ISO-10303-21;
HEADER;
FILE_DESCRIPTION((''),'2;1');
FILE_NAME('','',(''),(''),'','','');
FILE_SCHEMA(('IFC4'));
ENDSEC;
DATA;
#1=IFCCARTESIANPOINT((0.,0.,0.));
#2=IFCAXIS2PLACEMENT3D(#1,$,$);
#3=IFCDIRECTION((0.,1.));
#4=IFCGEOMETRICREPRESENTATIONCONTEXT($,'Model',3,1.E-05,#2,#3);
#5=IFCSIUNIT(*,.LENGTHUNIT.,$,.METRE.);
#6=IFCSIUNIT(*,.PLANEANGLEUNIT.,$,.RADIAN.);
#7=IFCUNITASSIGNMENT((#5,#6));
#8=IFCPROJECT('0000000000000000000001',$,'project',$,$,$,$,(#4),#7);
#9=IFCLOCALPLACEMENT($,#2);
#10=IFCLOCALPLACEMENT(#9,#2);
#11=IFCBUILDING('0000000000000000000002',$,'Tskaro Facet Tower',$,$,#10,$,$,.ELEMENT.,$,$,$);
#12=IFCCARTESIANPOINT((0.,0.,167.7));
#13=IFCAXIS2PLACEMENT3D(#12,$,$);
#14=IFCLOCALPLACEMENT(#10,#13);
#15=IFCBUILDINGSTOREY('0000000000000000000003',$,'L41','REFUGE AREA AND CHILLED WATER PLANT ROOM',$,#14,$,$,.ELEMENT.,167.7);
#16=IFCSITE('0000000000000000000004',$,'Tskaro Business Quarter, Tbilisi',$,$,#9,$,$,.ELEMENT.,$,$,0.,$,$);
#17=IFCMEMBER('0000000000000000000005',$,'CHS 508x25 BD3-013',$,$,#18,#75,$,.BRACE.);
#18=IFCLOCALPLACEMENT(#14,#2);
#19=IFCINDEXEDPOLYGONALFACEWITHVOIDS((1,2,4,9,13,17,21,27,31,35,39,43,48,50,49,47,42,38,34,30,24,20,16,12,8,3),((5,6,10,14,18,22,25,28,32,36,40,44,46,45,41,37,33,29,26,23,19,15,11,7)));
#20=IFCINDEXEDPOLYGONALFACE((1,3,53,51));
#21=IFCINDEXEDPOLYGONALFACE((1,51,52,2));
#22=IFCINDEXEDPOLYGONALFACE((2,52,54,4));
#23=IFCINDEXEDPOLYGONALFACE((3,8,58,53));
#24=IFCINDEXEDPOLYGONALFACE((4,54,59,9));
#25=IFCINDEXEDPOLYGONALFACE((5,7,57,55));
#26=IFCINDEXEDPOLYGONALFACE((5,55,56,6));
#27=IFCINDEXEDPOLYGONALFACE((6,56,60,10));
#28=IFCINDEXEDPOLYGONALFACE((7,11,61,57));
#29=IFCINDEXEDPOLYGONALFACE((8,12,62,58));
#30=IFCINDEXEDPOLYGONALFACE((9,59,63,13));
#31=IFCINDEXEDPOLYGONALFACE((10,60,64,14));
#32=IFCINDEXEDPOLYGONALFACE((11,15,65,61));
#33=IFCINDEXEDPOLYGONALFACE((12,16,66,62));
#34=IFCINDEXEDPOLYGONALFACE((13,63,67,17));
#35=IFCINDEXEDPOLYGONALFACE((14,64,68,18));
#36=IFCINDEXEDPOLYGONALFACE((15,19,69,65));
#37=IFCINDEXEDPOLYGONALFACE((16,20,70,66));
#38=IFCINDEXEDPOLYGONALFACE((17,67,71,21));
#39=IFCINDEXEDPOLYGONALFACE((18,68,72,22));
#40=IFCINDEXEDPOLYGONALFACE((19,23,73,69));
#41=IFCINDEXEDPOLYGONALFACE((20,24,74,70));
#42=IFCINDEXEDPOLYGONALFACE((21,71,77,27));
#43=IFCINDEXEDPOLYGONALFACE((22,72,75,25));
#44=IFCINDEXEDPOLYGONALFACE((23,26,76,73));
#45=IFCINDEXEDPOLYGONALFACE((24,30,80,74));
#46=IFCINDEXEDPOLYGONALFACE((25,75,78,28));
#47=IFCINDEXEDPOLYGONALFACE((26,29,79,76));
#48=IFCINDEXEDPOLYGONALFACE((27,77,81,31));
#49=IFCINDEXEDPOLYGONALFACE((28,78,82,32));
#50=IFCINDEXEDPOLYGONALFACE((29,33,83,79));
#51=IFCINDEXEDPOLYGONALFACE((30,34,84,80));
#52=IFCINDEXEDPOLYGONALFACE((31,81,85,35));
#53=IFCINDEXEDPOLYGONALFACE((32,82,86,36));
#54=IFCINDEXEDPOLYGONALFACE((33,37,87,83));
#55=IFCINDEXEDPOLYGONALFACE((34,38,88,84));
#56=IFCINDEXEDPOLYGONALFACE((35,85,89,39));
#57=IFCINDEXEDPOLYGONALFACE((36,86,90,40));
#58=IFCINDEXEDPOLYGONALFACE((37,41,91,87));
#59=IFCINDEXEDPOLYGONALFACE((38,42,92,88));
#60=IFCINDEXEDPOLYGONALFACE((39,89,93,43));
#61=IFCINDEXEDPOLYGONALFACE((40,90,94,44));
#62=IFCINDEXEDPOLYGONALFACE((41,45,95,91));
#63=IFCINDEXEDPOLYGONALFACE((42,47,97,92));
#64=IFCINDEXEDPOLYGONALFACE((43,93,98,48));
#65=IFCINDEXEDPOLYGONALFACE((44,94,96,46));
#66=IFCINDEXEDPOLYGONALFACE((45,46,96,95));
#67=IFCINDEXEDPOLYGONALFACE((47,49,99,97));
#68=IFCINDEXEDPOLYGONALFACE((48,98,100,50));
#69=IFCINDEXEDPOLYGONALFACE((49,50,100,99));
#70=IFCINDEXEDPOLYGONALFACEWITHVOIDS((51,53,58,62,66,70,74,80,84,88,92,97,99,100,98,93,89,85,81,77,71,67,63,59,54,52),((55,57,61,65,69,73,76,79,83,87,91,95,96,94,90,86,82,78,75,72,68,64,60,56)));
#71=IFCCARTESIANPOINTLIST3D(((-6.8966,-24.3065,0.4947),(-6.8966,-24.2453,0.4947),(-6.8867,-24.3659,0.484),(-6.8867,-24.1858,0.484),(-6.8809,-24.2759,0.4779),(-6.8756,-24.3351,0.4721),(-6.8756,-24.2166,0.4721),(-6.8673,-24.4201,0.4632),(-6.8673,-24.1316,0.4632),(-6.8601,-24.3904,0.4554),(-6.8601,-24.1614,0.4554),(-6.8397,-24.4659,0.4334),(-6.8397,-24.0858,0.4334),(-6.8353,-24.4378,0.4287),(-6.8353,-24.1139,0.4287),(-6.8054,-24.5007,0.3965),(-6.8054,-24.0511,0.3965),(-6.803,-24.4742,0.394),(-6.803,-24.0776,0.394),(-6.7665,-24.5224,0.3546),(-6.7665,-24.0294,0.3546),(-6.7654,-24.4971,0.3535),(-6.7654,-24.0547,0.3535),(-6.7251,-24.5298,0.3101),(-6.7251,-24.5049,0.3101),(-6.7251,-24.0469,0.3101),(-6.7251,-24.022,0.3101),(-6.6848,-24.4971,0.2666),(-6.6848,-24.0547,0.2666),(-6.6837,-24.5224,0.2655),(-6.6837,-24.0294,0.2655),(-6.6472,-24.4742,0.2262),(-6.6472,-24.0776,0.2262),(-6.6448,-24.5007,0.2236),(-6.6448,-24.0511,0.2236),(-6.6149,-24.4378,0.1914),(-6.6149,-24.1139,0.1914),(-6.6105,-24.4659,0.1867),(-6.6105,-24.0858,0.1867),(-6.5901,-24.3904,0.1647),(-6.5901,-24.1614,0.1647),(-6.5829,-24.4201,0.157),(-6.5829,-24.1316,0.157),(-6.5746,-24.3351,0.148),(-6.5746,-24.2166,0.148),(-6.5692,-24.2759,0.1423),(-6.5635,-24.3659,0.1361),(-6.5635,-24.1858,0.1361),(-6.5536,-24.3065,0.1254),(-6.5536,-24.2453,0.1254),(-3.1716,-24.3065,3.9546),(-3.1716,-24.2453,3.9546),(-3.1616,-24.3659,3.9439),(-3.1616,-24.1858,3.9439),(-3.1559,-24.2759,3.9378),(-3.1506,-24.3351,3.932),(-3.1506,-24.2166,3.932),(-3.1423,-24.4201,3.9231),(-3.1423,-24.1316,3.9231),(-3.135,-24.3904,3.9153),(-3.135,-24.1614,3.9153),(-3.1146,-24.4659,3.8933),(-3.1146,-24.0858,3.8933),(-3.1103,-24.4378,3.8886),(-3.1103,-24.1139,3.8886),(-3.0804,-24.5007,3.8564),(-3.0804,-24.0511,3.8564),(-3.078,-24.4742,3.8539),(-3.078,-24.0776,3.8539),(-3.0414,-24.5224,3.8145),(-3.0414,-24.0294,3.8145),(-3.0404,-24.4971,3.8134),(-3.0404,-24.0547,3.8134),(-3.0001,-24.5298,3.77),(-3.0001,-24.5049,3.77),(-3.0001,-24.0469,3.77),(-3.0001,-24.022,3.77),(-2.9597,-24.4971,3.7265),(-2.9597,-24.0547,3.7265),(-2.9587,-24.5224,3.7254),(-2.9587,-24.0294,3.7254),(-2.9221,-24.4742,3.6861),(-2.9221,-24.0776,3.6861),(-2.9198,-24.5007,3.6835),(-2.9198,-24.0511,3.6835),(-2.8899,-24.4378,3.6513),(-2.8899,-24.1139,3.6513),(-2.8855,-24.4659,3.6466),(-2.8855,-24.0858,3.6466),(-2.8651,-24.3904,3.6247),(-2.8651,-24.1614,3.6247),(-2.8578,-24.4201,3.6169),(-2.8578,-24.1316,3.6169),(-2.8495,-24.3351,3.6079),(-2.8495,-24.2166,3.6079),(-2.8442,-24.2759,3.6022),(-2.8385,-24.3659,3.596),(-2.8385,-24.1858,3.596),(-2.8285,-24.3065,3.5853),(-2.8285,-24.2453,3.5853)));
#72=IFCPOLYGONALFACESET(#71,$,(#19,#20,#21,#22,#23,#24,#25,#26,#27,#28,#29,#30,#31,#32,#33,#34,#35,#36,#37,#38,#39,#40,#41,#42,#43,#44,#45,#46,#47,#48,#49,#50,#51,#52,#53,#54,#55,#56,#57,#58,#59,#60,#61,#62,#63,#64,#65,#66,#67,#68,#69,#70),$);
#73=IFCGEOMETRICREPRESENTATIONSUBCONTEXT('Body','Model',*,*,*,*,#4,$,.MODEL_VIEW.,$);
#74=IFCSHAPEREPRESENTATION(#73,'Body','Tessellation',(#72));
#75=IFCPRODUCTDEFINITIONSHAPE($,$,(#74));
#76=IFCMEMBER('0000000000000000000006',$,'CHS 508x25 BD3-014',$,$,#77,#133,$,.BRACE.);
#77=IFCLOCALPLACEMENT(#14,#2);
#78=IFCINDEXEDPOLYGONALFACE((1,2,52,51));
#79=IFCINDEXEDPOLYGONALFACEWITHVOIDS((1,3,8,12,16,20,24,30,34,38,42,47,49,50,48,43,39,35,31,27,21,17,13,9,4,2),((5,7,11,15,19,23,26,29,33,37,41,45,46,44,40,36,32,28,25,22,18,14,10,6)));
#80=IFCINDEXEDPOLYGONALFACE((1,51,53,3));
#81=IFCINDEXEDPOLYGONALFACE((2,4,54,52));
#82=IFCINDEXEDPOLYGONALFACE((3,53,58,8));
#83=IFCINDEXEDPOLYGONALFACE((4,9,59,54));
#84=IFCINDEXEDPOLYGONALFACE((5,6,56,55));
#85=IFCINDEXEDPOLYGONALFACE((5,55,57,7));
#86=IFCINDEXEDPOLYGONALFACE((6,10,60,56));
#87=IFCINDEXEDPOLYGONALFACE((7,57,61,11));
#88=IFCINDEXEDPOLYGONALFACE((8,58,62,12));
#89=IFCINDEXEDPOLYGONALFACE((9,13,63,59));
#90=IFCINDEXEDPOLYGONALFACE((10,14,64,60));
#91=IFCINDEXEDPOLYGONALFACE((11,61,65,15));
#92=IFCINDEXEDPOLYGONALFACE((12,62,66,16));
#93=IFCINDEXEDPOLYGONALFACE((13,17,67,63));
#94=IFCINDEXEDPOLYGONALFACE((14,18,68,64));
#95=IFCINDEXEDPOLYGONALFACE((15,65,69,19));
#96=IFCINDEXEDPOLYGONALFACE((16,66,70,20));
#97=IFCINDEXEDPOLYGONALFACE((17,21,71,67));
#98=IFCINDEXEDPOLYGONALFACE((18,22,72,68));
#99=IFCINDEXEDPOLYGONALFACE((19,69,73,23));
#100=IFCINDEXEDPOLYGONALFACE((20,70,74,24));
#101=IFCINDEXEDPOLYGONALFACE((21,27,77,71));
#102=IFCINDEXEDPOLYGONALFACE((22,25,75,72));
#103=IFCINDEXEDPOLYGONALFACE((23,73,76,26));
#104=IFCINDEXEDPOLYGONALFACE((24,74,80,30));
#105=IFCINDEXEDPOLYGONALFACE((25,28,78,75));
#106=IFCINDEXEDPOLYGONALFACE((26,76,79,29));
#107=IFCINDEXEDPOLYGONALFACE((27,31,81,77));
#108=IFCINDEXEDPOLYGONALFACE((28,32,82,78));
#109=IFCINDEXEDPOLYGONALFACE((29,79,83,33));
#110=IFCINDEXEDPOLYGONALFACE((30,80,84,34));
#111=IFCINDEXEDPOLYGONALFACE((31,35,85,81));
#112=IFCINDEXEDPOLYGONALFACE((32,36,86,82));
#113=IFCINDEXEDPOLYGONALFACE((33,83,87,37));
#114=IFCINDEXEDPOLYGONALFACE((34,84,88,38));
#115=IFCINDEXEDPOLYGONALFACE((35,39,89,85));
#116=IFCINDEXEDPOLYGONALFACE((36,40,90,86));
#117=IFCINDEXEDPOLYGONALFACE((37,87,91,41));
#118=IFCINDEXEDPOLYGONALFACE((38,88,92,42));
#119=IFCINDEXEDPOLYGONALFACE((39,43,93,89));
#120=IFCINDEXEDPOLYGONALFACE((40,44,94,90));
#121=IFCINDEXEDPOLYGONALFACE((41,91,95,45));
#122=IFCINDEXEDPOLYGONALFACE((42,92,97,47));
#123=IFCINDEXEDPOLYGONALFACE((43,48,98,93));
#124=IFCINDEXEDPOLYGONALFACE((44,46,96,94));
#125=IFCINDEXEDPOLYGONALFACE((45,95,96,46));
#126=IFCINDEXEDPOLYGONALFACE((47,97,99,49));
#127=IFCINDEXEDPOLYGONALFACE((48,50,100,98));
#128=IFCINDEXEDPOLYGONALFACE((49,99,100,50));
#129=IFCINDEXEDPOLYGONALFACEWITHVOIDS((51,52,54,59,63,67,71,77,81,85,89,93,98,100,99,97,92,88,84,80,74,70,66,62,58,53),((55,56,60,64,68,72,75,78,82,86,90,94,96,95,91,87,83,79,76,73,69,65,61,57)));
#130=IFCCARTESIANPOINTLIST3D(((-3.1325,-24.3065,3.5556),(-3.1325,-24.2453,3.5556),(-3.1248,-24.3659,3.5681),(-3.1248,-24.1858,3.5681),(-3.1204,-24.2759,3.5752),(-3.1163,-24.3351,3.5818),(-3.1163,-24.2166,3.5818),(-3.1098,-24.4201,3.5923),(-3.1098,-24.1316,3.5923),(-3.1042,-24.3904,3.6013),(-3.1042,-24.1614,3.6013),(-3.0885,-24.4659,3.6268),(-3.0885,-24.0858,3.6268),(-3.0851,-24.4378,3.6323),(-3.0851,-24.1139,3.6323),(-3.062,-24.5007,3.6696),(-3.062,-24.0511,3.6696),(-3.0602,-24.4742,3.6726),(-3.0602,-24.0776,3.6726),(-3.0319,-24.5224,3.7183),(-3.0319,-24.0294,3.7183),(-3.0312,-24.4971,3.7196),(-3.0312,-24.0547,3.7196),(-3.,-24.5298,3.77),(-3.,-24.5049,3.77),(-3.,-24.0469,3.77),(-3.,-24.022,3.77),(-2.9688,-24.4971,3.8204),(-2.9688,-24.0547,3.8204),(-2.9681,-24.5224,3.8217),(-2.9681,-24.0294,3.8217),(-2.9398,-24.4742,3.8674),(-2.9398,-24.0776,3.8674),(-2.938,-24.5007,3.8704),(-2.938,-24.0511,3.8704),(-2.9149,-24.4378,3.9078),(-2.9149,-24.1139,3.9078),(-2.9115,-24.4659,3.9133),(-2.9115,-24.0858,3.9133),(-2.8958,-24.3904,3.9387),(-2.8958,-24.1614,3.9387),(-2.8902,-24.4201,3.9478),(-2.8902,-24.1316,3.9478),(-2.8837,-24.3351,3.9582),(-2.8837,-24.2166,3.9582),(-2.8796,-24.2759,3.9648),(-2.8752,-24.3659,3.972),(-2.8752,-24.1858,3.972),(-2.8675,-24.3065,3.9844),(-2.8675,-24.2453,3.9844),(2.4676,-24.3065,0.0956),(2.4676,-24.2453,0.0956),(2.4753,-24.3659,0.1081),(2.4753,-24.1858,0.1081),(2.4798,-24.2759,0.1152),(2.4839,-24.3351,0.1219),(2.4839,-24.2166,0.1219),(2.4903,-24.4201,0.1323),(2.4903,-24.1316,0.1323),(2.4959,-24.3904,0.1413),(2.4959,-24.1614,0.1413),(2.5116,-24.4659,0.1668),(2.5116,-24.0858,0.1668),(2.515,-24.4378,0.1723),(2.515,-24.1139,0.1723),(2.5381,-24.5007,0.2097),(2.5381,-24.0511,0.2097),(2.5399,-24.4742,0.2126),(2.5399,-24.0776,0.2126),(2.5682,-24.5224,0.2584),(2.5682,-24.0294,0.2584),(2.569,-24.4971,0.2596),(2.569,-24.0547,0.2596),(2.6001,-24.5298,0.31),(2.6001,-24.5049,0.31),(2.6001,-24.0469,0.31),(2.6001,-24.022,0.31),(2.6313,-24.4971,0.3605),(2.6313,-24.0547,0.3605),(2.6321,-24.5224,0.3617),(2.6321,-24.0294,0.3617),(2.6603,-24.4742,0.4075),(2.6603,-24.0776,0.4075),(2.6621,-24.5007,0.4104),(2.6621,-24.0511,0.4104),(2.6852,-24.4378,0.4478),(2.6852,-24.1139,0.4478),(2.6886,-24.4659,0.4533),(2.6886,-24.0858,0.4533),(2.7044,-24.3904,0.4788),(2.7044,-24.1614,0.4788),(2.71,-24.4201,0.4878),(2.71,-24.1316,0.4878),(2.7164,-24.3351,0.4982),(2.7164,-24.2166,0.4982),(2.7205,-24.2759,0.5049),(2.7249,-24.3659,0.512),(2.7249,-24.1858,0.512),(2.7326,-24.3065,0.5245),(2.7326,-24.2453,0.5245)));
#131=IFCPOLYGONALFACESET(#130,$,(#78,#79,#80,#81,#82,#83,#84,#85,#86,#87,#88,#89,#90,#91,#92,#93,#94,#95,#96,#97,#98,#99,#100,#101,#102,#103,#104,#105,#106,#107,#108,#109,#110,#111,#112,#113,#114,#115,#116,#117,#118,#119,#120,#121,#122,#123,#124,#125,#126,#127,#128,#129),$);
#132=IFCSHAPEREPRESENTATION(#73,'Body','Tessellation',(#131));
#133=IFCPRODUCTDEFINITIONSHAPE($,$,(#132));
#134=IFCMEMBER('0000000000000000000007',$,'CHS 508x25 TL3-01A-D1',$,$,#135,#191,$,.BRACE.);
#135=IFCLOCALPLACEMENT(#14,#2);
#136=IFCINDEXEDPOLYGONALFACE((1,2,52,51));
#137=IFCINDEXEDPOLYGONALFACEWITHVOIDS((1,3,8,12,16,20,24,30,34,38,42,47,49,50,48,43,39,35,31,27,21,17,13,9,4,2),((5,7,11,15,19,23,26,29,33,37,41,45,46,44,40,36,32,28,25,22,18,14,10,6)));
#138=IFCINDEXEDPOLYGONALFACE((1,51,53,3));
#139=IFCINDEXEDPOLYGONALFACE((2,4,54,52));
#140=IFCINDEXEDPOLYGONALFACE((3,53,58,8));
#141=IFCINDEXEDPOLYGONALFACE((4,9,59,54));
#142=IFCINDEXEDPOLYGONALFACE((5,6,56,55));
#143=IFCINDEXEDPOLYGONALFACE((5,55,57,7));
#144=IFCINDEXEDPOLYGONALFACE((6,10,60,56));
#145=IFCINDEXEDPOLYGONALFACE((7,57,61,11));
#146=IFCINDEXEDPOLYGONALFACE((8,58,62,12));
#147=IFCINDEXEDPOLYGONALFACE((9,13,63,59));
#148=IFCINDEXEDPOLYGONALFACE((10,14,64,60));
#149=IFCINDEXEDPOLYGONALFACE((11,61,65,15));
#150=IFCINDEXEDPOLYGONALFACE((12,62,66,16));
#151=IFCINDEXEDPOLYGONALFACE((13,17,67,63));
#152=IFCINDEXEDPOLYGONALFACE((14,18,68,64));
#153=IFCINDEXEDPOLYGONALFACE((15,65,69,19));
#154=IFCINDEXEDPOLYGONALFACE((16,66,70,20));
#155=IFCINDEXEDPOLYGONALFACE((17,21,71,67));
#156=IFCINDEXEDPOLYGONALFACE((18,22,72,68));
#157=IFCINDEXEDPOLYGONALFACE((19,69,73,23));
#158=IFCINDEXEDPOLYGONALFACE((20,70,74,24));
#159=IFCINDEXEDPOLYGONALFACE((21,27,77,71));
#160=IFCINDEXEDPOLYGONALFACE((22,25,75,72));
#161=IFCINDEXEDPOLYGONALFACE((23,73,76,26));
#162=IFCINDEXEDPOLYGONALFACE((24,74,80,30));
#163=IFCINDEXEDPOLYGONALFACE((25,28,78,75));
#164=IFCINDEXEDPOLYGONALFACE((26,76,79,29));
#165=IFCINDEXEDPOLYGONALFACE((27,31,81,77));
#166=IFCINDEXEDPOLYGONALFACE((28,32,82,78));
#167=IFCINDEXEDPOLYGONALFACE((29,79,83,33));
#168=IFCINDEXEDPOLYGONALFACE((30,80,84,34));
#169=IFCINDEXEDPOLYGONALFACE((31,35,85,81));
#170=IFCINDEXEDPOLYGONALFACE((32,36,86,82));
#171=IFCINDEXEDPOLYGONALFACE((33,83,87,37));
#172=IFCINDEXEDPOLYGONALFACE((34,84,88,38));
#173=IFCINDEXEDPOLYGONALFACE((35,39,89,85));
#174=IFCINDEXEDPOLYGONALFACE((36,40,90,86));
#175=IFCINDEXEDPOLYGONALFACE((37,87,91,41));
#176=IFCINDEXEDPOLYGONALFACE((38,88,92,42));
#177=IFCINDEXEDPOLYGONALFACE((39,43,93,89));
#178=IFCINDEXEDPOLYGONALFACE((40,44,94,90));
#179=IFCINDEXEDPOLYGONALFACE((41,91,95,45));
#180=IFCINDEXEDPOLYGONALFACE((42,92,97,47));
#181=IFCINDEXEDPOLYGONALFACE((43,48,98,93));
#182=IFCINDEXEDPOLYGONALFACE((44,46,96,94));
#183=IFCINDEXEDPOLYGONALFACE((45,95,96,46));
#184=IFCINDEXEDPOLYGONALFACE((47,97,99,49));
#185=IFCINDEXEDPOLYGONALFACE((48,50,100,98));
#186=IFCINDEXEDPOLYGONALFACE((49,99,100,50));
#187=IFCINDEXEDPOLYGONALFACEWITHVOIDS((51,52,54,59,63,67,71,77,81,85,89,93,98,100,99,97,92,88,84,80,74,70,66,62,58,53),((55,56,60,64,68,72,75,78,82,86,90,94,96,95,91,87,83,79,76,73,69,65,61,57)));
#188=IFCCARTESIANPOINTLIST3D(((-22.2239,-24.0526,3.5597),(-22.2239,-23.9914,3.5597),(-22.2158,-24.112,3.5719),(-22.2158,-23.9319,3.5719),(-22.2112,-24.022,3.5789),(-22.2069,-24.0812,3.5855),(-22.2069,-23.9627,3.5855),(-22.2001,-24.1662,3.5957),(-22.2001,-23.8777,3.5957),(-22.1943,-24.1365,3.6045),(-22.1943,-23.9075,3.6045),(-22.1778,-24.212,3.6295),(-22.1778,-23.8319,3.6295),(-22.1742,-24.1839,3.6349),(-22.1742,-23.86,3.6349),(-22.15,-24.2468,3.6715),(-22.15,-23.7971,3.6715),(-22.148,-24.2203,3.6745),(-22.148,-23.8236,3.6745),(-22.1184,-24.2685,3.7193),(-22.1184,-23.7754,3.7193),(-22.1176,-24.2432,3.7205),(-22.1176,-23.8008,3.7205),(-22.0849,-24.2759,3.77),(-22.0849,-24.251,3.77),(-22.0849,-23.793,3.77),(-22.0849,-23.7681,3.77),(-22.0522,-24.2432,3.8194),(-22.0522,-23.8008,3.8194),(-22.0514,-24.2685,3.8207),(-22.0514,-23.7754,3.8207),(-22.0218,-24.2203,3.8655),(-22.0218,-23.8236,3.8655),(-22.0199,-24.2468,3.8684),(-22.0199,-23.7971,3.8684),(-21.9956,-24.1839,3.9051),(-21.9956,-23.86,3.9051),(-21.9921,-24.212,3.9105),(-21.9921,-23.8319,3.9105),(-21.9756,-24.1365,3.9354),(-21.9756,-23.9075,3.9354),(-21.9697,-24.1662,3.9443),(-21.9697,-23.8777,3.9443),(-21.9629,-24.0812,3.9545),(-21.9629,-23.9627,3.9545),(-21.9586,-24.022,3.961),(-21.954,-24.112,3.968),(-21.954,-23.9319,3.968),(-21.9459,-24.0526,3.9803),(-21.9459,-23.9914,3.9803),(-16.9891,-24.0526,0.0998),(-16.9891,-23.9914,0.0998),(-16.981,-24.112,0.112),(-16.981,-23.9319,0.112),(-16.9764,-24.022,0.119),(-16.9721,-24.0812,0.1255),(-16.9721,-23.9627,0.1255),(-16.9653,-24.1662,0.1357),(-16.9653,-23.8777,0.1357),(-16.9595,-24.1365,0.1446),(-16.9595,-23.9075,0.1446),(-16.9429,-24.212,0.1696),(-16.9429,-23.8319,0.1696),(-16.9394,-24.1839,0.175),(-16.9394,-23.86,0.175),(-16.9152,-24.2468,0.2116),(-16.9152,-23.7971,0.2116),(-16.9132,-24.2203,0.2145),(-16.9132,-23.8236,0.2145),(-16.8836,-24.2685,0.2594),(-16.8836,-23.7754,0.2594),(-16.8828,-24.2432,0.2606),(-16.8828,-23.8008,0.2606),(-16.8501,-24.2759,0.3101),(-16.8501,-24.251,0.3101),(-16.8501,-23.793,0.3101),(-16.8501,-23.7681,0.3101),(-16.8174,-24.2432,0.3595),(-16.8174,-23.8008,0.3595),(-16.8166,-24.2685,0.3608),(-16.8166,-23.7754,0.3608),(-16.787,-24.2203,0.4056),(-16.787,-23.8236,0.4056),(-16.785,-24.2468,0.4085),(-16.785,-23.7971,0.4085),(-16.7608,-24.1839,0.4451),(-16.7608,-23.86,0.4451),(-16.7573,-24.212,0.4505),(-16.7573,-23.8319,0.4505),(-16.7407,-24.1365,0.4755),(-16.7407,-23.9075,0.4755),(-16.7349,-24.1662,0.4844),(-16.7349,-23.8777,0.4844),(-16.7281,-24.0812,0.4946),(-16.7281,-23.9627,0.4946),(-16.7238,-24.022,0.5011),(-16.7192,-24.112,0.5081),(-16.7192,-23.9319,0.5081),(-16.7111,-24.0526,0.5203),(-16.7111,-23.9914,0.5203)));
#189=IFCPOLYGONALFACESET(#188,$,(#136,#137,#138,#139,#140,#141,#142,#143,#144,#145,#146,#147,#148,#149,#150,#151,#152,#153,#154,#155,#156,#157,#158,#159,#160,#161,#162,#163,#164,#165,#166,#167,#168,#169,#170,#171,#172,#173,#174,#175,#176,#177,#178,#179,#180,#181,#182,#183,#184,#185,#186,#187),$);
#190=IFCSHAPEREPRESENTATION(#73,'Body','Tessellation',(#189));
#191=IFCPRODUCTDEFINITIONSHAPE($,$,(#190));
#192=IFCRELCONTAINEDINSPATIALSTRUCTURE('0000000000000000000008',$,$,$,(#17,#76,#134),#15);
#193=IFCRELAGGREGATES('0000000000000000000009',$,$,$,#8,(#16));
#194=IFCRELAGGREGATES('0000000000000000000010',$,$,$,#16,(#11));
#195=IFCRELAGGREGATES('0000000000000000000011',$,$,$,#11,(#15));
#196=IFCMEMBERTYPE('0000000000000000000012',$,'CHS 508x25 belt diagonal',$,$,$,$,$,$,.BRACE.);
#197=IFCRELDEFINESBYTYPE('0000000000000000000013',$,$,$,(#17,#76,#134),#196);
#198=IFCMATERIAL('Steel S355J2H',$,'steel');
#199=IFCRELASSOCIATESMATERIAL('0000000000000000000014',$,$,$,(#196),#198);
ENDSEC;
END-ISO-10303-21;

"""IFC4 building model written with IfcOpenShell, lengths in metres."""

from ifc_helpers import new_model, si_unit, direction, frame, origin, origin_2d, place, context, subcontext, project, spatial, hollow_circle, extrude, material, material_profile, profile_set, type_object, element, save


model = new_model("IFC4")

# Units and contexts
model_context = context("Model", 3, precision=1e-05, world=origin(), true_north=direction((0.0, 1.0)))
body_context = subcontext(model_context, "Body", "Model", "MODEL_VIEW")
ifc_project = project(units=[si_unit("LENGTHUNIT", "METRE"), si_unit("PLANEANGLEUNIT", "RADIAN")], contexts=[model_context])

# Site, building, storey
site_placement = place(None, origin())
site = spatial("IfcSite", under=ifc_project, at=site_placement, Name="Tskaro Business Quarter, Tbilisi", CompositionType="ELEMENT", RefElevation=0.0)
building_placement = place(site_placement, origin())
building = spatial("IfcBuilding", under=site, at=building_placement, Name="Tskaro Facet Tower", CompositionType="ELEMENT")
storey_placement = place(building_placement, frame((0.0, 0.0, 167.7)))
storey = spatial("IfcBuildingStorey", under=building, at=storey_placement, Name="L41", Description="REFUGE AREA AND CHILLED WATER PLANT ROOM", CompositionType="ELEMENT", Elevation=167.7)

# Shared definitions
ifc_material_1 = material(Name="Steel S355J2H", Category="steel")

# Members
ifc_material_profile_1 = material_profile(ifc_material_1, hollow_circle(Radius=0.2539, WallThickness=0.0249, at=origin_2d()), Name="CHS 508x25")
ifc_profile_set_1 = profile_set([ifc_material_profile_1], Name="Steel S355J2H")
member_type_1 = type_object("IfcMemberType", Name="CHS 508x25 belt diagonal", PredefinedType="BRACE", material=ifc_profile_set_1)
member_1_placement = place(storey_placement, frame((-6.7251, -24.2759, 0.3101), z_axis=(0.732701, 0.0, 0.680551), x_axis=(0.0, 1.0, 0.0)))
element("IfcMember", 1, at=member_1_placement, inside=storey, type_object=member_type_1, Name="CHS 508x25 BD3-013", PredefinedType="BRACE", context=body_context, shape_type="SweptSolid", body=[
    extrude(hollow_circle(Radius=0.2539, WallThickness=0.0249, at=origin_2d()), origin(), (0.0, 0.0, 1.0), 5.084),
])
member_2_placement = place(storey_placement, frame((-3.0, -24.2759, 3.77), z_axis=(0.850725, 0.0, -0.525611), x_axis=(0.0, 1.0, 0.0)))
element("IfcMember", 2, at=member_2_placement, inside=storey, type_object=member_type_1, Name="CHS 508x25 BD3-014", PredefinedType="BRACE", context=body_context, shape_type="SweptSolid", body=[
    extrude(hollow_circle(Radius=0.2539, WallThickness=0.0249, at=origin_2d()), origin(), (0.0, 0.0, 1.0), 6.5828),
])
for number, where, z_axis, x_axis, name in (
    (3, (-16.8501, -24.022, 0.3101), (-0.834246, 0.0, 0.551392), (0.0, -1.0, 0.0), "CHS 508x25 TL3-01A-D1"),
):
    element("IfcMember", number, at=place(storey_placement, frame(where, z_axis=z_axis, x_axis=x_axis)), inside=storey, type_object=member_type_1, Name=name, PredefinedType="BRACE", context=body_context, shape_type="SweptSolid", body=[
        extrude(hollow_circle(Radius=0.2539, WallThickness=0.0249, at=origin_2d()), origin(), (0.0, 0.0, 1.0), 6.2749),
    ])

save(model, "model.ifc")
